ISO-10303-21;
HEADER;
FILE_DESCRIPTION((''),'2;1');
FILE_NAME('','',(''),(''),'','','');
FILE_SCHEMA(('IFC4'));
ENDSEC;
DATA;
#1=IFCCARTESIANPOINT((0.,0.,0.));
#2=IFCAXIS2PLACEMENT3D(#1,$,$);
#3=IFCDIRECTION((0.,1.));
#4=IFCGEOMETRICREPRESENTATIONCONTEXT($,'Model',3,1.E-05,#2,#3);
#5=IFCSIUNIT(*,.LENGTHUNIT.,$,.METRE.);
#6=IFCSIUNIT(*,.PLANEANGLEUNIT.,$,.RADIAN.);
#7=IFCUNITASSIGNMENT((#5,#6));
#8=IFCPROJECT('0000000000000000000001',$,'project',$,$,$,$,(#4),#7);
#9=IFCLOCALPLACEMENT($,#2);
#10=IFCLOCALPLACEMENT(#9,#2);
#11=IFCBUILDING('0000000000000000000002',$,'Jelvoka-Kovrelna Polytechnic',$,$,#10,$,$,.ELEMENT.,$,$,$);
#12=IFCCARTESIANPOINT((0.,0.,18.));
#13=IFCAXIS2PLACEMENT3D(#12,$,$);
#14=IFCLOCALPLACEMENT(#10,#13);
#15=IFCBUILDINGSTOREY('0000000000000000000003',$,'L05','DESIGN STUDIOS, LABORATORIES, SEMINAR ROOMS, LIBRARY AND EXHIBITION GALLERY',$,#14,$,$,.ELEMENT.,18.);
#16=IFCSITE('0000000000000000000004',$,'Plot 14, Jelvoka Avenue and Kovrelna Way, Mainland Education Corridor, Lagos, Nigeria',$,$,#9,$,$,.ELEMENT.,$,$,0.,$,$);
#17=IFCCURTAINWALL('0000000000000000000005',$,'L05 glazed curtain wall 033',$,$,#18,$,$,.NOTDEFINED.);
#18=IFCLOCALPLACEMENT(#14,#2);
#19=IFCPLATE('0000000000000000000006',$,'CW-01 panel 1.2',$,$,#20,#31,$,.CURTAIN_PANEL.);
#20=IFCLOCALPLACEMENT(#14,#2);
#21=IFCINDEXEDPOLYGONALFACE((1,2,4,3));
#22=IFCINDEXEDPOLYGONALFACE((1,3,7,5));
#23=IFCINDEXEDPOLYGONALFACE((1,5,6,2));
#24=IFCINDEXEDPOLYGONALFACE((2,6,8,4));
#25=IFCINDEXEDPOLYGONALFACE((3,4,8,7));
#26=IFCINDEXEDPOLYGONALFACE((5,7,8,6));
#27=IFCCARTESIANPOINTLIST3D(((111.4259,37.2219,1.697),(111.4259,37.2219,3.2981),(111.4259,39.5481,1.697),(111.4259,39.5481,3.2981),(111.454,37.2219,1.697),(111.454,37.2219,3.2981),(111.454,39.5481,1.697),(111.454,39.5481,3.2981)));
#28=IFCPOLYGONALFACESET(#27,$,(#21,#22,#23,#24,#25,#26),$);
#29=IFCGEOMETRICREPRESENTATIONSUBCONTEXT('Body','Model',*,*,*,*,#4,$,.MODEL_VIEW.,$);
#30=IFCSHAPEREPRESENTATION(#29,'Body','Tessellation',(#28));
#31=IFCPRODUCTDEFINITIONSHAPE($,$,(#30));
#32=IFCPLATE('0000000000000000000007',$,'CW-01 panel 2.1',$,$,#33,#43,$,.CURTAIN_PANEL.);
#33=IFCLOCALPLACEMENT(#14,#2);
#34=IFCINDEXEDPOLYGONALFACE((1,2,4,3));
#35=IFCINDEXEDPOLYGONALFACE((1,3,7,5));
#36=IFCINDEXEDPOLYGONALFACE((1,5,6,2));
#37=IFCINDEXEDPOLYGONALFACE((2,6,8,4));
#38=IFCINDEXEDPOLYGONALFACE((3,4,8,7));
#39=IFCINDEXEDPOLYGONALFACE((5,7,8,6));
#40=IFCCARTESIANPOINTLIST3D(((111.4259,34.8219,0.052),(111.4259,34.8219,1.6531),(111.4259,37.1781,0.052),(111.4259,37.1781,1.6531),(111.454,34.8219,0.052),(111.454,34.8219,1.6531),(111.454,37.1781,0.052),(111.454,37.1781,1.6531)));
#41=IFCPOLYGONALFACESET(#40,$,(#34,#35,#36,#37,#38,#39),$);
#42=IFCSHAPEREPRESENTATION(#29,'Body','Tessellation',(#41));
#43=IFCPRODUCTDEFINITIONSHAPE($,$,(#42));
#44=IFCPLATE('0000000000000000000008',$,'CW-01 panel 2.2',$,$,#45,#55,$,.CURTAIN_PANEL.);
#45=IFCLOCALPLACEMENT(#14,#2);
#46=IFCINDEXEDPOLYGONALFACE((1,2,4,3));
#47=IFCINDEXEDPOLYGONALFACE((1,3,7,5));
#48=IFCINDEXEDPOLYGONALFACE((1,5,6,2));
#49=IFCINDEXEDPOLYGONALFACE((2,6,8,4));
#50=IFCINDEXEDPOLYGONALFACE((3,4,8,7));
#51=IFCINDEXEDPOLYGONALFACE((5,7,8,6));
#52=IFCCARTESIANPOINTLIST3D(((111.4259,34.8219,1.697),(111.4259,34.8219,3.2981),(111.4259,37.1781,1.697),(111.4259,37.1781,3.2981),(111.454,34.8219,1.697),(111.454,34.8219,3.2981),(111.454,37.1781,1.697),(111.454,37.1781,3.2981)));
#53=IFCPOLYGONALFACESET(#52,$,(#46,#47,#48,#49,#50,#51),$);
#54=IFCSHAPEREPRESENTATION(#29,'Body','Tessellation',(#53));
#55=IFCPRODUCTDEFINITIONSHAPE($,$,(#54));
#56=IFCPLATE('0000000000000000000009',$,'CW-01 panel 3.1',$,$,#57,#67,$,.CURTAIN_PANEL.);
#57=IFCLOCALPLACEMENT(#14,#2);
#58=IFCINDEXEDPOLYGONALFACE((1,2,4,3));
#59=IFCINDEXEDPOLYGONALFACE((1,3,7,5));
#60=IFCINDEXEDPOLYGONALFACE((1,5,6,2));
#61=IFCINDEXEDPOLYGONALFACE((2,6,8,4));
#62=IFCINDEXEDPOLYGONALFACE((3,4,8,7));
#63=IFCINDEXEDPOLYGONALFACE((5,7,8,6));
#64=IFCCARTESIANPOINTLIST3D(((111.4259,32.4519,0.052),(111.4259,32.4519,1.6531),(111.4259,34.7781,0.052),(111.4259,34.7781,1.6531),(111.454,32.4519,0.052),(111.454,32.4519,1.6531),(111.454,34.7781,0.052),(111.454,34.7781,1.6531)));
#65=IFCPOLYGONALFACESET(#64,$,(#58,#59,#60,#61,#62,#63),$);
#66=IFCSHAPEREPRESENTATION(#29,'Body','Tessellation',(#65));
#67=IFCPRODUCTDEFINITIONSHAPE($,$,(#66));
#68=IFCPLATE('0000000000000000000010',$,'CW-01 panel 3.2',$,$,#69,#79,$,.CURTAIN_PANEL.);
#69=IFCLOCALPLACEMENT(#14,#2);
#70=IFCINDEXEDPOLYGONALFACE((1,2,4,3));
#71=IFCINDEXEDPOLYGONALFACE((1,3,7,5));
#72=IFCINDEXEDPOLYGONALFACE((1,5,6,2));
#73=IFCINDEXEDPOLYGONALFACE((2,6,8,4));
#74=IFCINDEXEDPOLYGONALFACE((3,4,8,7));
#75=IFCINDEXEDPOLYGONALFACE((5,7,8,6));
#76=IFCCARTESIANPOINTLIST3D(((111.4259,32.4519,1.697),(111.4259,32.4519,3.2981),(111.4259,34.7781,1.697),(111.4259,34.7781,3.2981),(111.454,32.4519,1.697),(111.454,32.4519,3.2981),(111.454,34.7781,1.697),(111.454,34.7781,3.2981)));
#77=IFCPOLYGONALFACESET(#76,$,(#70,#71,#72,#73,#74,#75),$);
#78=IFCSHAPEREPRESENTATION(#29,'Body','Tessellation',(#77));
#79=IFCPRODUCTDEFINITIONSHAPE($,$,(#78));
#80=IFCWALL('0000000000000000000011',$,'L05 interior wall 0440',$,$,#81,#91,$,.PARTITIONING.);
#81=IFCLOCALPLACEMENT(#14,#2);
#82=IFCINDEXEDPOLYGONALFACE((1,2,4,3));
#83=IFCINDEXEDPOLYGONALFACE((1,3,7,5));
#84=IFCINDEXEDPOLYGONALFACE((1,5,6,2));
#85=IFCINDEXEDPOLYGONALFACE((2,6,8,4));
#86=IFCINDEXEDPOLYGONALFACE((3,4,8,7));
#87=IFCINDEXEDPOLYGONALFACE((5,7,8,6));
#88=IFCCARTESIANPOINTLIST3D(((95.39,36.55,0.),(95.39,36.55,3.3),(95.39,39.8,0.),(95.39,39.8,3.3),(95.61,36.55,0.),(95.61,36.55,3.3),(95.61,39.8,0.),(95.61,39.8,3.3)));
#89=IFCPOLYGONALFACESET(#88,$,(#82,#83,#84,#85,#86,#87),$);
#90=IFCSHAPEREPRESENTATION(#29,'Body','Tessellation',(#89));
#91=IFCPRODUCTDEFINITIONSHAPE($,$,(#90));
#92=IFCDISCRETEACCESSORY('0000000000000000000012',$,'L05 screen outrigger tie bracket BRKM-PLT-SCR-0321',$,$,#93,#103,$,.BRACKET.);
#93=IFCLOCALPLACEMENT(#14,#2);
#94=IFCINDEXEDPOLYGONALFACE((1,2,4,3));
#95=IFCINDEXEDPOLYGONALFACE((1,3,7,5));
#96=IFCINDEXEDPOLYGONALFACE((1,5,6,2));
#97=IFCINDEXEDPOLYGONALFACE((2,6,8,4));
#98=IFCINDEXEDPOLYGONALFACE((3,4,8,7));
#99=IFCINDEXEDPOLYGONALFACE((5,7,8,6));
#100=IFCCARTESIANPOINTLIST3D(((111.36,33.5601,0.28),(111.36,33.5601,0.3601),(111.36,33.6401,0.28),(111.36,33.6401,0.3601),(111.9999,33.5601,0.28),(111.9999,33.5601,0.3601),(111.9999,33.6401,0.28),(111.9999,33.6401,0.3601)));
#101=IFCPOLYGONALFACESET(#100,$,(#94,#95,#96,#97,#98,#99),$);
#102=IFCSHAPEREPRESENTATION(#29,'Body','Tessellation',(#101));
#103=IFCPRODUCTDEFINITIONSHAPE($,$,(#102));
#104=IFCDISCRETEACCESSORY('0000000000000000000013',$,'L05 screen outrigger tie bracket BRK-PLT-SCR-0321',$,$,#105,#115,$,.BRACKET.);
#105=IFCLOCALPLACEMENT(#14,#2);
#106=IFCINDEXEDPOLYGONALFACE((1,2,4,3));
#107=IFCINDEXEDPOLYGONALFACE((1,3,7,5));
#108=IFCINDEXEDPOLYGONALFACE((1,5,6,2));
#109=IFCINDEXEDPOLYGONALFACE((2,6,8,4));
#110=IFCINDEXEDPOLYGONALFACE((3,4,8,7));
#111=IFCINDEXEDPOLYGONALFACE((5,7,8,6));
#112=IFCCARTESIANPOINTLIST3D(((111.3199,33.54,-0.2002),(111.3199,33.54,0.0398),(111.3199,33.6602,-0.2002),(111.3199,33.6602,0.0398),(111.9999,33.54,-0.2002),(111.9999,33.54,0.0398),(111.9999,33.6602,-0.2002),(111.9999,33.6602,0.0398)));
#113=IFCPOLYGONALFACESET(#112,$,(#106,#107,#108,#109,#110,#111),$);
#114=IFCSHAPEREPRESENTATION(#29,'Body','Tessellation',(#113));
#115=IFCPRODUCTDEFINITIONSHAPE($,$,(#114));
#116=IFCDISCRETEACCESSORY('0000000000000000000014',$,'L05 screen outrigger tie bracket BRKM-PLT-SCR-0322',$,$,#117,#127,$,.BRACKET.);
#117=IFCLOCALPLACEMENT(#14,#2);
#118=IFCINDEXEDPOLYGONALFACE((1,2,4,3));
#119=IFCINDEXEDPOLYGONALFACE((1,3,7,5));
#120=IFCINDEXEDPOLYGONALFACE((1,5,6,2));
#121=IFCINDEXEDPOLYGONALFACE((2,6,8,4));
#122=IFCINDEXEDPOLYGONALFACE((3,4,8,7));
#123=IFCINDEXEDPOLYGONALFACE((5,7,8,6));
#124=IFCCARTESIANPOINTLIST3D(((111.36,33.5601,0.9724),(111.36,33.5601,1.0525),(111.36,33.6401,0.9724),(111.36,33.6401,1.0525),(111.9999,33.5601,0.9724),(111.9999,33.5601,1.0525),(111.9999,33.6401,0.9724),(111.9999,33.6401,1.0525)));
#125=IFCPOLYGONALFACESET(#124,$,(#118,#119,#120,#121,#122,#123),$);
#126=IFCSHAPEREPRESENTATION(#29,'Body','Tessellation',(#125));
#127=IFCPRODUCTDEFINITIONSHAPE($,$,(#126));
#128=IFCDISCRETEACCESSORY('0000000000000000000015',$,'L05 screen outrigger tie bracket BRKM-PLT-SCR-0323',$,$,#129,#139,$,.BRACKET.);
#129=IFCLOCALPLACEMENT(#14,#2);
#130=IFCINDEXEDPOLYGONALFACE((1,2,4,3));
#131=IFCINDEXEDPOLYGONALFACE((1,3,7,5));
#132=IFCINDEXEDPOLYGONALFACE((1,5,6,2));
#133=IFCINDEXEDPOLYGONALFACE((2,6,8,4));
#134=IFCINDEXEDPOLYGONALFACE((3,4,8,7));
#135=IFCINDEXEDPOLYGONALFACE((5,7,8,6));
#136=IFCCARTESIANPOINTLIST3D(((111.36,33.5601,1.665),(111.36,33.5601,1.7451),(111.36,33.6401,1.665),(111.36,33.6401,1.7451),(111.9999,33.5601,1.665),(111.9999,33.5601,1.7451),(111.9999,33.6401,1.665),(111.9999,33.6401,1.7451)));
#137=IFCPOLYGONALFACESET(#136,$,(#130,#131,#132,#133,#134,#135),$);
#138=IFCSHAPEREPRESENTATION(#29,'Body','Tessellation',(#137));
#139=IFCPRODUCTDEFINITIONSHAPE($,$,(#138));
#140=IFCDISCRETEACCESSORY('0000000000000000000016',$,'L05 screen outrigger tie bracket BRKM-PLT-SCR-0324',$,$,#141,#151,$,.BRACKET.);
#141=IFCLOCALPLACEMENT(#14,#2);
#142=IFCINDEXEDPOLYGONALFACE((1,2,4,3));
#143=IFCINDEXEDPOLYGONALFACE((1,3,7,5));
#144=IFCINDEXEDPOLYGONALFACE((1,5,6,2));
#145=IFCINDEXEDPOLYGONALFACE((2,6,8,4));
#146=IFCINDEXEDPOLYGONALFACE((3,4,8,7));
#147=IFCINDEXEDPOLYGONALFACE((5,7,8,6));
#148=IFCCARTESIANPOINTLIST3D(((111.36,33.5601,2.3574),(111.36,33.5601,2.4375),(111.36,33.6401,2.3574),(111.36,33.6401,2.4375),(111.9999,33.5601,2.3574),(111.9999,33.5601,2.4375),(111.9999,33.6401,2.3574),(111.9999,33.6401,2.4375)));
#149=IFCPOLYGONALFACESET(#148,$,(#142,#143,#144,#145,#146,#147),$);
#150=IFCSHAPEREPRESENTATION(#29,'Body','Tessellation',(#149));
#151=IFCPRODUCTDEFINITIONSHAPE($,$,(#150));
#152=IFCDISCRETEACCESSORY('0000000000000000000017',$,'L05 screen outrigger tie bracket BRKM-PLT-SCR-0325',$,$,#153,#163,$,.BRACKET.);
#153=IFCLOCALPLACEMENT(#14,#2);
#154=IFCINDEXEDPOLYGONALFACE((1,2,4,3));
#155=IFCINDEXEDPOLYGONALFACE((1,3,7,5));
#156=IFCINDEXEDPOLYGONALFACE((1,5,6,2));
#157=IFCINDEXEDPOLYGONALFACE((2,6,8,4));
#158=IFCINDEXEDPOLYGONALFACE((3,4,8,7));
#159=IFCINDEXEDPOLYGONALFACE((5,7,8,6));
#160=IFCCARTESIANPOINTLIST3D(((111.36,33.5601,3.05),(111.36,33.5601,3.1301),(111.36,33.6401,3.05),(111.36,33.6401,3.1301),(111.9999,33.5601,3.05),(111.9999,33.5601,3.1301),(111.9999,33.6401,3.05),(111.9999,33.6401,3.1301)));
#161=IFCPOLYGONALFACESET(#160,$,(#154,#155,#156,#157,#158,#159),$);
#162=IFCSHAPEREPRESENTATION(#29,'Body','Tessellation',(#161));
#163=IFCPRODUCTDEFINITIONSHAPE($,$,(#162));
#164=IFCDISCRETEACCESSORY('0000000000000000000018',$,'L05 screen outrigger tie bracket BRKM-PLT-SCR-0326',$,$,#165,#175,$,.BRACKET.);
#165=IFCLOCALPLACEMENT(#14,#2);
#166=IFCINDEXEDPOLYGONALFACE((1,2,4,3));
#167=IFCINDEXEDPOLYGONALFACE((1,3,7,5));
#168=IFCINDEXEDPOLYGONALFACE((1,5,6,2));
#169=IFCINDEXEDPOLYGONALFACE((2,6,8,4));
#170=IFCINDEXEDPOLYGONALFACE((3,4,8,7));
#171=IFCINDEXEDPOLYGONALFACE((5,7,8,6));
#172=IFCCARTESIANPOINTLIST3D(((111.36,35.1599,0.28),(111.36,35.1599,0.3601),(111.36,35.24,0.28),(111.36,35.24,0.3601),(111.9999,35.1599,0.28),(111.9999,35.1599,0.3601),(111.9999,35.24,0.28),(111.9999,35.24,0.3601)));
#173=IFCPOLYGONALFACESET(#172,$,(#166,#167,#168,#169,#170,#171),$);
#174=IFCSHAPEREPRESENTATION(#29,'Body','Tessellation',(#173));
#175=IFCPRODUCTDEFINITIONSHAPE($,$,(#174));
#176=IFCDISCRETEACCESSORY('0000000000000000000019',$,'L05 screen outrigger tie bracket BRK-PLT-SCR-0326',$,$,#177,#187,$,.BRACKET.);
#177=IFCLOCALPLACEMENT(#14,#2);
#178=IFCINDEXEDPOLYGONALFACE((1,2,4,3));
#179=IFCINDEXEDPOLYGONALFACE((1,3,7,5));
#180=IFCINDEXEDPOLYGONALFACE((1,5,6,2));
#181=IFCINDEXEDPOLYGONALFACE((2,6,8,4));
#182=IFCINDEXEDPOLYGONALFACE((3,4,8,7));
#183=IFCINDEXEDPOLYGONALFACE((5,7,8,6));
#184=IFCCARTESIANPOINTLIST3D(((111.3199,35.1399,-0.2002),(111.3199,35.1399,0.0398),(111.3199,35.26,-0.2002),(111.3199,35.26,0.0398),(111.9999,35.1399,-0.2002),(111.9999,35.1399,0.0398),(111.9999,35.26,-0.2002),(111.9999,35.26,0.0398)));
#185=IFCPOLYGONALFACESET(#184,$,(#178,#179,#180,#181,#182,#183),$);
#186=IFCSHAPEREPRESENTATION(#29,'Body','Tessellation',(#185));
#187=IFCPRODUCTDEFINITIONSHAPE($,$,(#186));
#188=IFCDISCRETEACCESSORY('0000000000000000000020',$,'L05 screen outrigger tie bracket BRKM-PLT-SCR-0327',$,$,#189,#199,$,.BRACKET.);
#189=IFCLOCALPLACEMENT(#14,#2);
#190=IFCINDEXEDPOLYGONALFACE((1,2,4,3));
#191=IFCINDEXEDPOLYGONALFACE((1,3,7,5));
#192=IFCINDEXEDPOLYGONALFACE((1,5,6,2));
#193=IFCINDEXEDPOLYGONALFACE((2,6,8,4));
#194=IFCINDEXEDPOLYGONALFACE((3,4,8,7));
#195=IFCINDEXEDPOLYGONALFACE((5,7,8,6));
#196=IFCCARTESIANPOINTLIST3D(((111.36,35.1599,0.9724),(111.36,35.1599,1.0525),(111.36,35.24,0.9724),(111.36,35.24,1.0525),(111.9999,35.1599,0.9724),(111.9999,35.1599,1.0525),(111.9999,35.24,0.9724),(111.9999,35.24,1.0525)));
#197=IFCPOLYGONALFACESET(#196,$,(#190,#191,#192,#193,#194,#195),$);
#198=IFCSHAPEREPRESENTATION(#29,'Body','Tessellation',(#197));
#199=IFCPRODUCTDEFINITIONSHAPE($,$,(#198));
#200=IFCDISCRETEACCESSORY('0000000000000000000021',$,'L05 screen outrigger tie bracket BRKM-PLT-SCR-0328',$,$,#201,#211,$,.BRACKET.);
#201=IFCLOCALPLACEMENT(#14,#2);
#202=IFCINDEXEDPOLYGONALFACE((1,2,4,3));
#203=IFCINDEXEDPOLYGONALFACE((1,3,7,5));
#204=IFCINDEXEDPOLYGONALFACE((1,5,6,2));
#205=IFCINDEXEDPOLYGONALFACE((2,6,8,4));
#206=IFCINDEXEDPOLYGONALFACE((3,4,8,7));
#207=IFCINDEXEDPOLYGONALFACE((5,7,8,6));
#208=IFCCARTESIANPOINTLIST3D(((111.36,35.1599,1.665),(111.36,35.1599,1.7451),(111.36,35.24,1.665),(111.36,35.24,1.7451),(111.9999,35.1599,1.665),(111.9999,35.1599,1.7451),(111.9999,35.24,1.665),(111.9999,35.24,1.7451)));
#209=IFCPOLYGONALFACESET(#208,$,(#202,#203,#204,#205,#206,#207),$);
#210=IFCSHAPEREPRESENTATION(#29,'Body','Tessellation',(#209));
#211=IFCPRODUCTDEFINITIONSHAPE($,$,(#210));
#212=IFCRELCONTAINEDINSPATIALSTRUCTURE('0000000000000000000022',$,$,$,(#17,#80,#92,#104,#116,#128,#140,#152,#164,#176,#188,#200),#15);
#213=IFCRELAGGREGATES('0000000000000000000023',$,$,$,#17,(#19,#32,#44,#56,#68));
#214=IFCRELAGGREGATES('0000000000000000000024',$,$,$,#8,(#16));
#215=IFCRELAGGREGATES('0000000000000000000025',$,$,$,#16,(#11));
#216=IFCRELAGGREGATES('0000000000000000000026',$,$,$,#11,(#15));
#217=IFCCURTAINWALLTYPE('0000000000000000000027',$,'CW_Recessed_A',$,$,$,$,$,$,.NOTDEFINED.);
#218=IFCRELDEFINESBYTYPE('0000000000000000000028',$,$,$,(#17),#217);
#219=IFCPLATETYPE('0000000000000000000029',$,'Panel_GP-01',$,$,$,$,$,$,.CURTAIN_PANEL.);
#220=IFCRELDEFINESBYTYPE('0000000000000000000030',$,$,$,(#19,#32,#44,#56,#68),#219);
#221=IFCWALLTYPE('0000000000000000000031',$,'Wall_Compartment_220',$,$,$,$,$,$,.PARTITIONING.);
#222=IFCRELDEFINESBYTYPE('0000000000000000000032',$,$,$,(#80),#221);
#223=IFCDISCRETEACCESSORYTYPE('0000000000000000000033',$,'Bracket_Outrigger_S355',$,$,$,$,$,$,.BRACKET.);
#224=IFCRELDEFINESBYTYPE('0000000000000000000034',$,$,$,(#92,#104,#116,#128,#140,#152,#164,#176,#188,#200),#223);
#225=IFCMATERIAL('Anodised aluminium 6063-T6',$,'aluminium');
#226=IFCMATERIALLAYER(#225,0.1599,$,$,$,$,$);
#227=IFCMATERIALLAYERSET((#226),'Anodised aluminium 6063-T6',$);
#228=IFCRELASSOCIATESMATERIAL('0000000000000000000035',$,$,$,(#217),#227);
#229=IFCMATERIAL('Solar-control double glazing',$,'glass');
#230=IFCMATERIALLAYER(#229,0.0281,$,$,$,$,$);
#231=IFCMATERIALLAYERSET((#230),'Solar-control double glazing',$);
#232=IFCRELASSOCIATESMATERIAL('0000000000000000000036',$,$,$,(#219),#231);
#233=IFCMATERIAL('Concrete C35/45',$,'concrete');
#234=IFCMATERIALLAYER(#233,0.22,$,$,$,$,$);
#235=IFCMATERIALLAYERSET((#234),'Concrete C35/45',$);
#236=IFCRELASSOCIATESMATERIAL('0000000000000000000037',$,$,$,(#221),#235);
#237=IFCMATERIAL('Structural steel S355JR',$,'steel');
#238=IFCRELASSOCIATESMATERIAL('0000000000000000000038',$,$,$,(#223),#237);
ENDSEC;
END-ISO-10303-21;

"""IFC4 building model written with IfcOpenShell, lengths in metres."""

from ifc_helpers import new_model, si_unit, direction, frame, frame_2d, origin, origin_2d, place, context, subcontext, project, spatial, rectangle, extrude, material, layer, layer_set, type_object, element, aggregate, save


model = new_model("IFC4")

# Units and contexts
model_context = context("Model", 3, precision=1e-05, world=origin(), true_north=direction((0.0, 1.0)))
body_context = subcontext(model_context, "Body", "Model", "MODEL_VIEW")
ifc_project = project(units=[si_unit("LENGTHUNIT", "METRE"), si_unit("PLANEANGLEUNIT", "RADIAN")], contexts=[model_context])

# Site, building, storey
site_placement = place(None, origin())
site = spatial("IfcSite", under=ifc_project, at=site_placement, Name="Plot 14, Jelvoka Avenue and Kovrelna Way, Mainland Education Corridor, Lagos, Nigeria", CompositionType="ELEMENT", RefElevation=0.0)
building_placement = place(site_placement, origin())
building = spatial("IfcBuilding", under=site, at=building_placement, Name="Jelvoka-Kovrelna Polytechnic", CompositionType="ELEMENT")
storey_placement = place(building_placement, frame((0.0, 0.0, 18.0)))
storey = spatial("IfcBuildingStorey", under=building, at=storey_placement, Name="L05", Description="DESIGN STUDIOS, LABORATORIES, SEMINAR ROOMS, LIBRARY AND EXHIBITION GALLERY", CompositionType="ELEMENT", Elevation=18.0)

# Curtain wall, plates
ifc_material_1 = material(Name="Anodised aluminium 6063-T6", Category="aluminium")
ifc_layer_1 = layer(ifc_material_1, 0.1599)
ifc_layer_set_1 = layer_set([ifc_layer_1], Name="Anodised aluminium 6063-T6")
curtain_wall_type = type_object("IfcCurtainWallType", Name="CW_Recessed_A", PredefinedType="NOTDEFINED", material=ifc_layer_set_1)
curtain_wall_placement = place(storey_placement, origin())
curtain_wall = element("IfcCurtainWall", 1, at=curtain_wall_placement, inside=storey, type_object=curtain_wall_type, Name="L05 glazed curtain wall 033", PredefinedType="NOTDEFINED")
ifc_material_2 = material(Name="Solar-control double glazing", Category="glass")
ifc_layer_2 = layer(ifc_material_2, 0.0281)
ifc_layer_set_2 = layer_set([ifc_layer_2], Name="Solar-control double glazing")
plate_type = type_object("IfcPlateType", Name="Panel_GP-01", PredefinedType="CURTAIN_PANEL", material=ifc_layer_set_2)
plate_1_placement = place(storey_placement, frame((111.4399, 38.385, 1.697), z_axis=(0.0, 0.0, 1.0), x_axis=(0.0, -1.0, 0.0)))
plate_1 = element("IfcPlate", 2, at=plate_1_placement, type_object=plate_type, Name="CW-01 panel 1.2", PredefinedType="CURTAIN_PANEL", context=body_context, shape_type="SweptSolid", body=[
    extrude(rectangle(XDim=2.3262, YDim=0.0281, at=origin_2d()), origin(), (0.0, 0.0, 1.0), 1.6011),
])
plate_2_placement = place(storey_placement, frame((111.4399, 36.0, 0.052), z_axis=(0.0, 0.0, 1.0), x_axis=(0.0, -1.0, 0.0)))
plate_2 = element("IfcPlate", 3, at=plate_2_placement, type_object=plate_type, Name="CW-01 panel 2.1", PredefinedType="CURTAIN_PANEL", context=body_context, shape_type="SweptSolid", body=[
    extrude(rectangle(XDim=2.3562, YDim=0.0281, at=origin_2d()), origin(), (0.0, 0.0, 1.0), 1.6011),
])
plate_3_placement = place(storey_placement, frame((111.4399, 36.0, 1.697), z_axis=(0.0, 0.0, 1.0), x_axis=(0.0, -1.0, 0.0)))
plate_3 = element("IfcPlate", 4, at=plate_3_placement, type_object=plate_type, Name="CW-01 panel 2.2", PredefinedType="CURTAIN_PANEL", context=body_context, shape_type="SweptSolid", body=[
    extrude(rectangle(XDim=2.3562, YDim=0.0281, at=origin_2d()), origin(), (0.0, 0.0, 1.0), 1.6011),
])
plate_4_placement = place(storey_placement, frame((111.4399, 33.615, 0.052), z_axis=(0.0, 0.0, 1.0), x_axis=(0.0, -1.0, 0.0)))
plate_4 = element("IfcPlate", 5, at=plate_4_placement, type_object=plate_type, Name="CW-01 panel 3.1", PredefinedType="CURTAIN_PANEL", context=body_context, shape_type="SweptSolid", body=[
    extrude(rectangle(XDim=2.3262, YDim=0.0281, at=origin_2d()), origin(), (0.0, 0.0, 1.0), 1.6011),
])
plate_5_placement = place(storey_placement, frame((111.4399, 33.615, 1.697), z_axis=(0.0, 0.0, 1.0), x_axis=(0.0, -1.0, 0.0)))
plate_5 = element("IfcPlate", 6, at=plate_5_placement, type_object=plate_type, Name="CW-01 panel 3.2", PredefinedType="CURTAIN_PANEL", context=body_context, shape_type="SweptSolid", body=[
    extrude(rectangle(XDim=2.3262, YDim=0.0281, at=origin_2d()), origin(), (0.0, 0.0, 1.0), 1.6011),
])
aggregate(curtain_wall, [plate_1, plate_2, plate_3, plate_4, plate_5])

# Wall
ifc_material_3 = material(Name="Concrete C35/45", Category="concrete")
ifc_layer_3 = layer(ifc_material_3, 0.22)
ifc_layer_set_3 = layer_set([ifc_layer_3], Name="Concrete C35/45")
wall_type = type_object("IfcWallType", Name="Wall_Compartment_220", PredefinedType="PARTITIONING", material=ifc_layer_set_3)
wall_placement = place(storey_placement, frame((95.5, 36.55, 0.0), z_axis=(0.0, 0.0, 1.0), x_axis=(0.0, 1.0, 0.0)))
element("IfcWall", 7, at=wall_placement, inside=storey, type_object=wall_type, Name="L05 interior wall 0440", PredefinedType="PARTITIONING", context=body_context, shape_type="SweptSolid", body=[
    extrude(rectangle(XDim=3.25, YDim=0.22, at=frame_2d((1.625, 0.0))), origin(), (0.0, 0.0, 1.0), 3.3),
])

# Discrete accessories
ifc_material_4 = material(Name="Structural steel S355JR", Category="steel")
discrete_accessory_type = type_object("IfcDiscreteAccessoryType", Name="Bracket_Outrigger_S355", PredefinedType="BRACKET", material=ifc_material_4)
discrete_accessory_1_placement = place(storey_placement, frame((111.6799, 33.6001, 0.28), z_axis=(0.0, 0.0, 1.0), x_axis=(1.0, 0.0, 0.0)))
element("IfcDiscreteAccessory", 8, at=discrete_accessory_1_placement, inside=storey, type_object=discrete_accessory_type, Name="L05 screen outrigger tie bracket BRKM-PLT-SCR-0321", PredefinedType="BRACKET", context=body_context, shape_type="SweptSolid", body=[
    extrude(rectangle(XDim=0.6399, YDim=0.0801, at=origin_2d()), origin(), (0.0, 0.0, 1.0), 0.0801),
])
discrete_accessory_2_placement = place(storey_placement, frame((111.6599, 33.6001, -0.2002), z_axis=(0.0, 0.0, 1.0), x_axis=(1.0, 0.0, 0.0)))
element("IfcDiscreteAccessory", 9, at=discrete_accessory_2_placement, inside=storey, type_object=discrete_accessory_type, Name="L05 screen outrigger tie bracket BRK-PLT-SCR-0321", PredefinedType="BRACKET", context=body_context, shape_type="SweptSolid", body=[
    extrude(rectangle(XDim=0.6799, YDim=0.1201, at=origin_2d()), origin(), (0.0, 0.0, 1.0), 0.24),
])
for number, where, z_axis, x_axis, name in (
    (10, (111.6799, 33.6001, 0.9724), (0.0, 0.0, 1.0), (1.0, 0.0, 0.0), "L05 screen outrigger tie bracket BRKM-PLT-SCR-0322"),
    (11, (111.6799, 33.6001, 1.665), (0.0, 0.0, 1.0), (1.0, 0.0, 0.0), "L05 screen outrigger tie bracket BRKM-PLT-SCR-0323"),
    (12, (111.6799, 33.6001, 2.3574), (0.0, 0.0, 1.0), (1.0, 0.0, 0.0), "L05 screen outrigger tie bracket BRKM-PLT-SCR-0324"),
    (13, (111.6799, 33.6001, 3.05), (0.0, 0.0, 1.0), (1.0, 0.0, 0.0), "L05 screen outrigger tie bracket BRKM-PLT-SCR-0325"),
    (14, (111.6799, 35.2, 0.28), (0.0, 0.0, 1.0), (1.0, 0.0, 0.0), "L05 screen outrigger tie bracket BRKM-PLT-SCR-0326"),
):
    element("IfcDiscreteAccessory", number, at=place(storey_placement, frame(where, z_axis=z_axis, x_axis=x_axis)), inside=storey, type_object=discrete_accessory_type, Name=name, PredefinedType="BRACKET", context=body_context, shape_type="SweptSolid", body=[
        extrude(rectangle(XDim=0.6399, YDim=0.0801, at=origin_2d()), origin(), (0.0, 0.0, 1.0), 0.0801),
    ])
discrete_accessory_3_placement = place(storey_placement, frame((111.6599, 35.2, -0.2002), z_axis=(0.0, 0.0, 1.0), x_axis=(1.0, 0.0, 0.0)))
element("IfcDiscreteAccessory", 15, at=discrete_accessory_3_placement, inside=storey, type_object=discrete_accessory_type, Name="L05 screen outrigger tie bracket BRK-PLT-SCR-0326", PredefinedType="BRACKET", context=body_context, shape_type="SweptSolid", body=[
    extrude(rectangle(XDim=0.6799, YDim=0.1201, at=origin_2d()), origin(), (0.0, 0.0, 1.0), 0.24),
])
for number, where, z_axis, x_axis, name in (
    (16, (111.6799, 35.2, 0.9724), (0.0, 0.0, 1.0), (1.0, 0.0, 0.0), "L05 screen outrigger tie bracket BRKM-PLT-SCR-0327"),
    (17, (111.6799, 35.2, 1.665), (0.0, 0.0, 1.0), (1.0, 0.0, 0.0), "L05 screen outrigger tie bracket BRKM-PLT-SCR-0328"),
):
    element("IfcDiscreteAccessory", number, at=place(storey_placement, frame(where, z_axis=z_axis, x_axis=x_axis)), inside=storey, type_object=discrete_accessory_type, Name=name, PredefinedType="BRACKET", context=body_context, shape_type="SweptSolid", body=[
        extrude(rectangle(XDim=0.6399, YDim=0.0801, at=origin_2d()), origin(), (0.0, 0.0, 1.0), 0.0801),
    ])

save(model, "model.ifc")
